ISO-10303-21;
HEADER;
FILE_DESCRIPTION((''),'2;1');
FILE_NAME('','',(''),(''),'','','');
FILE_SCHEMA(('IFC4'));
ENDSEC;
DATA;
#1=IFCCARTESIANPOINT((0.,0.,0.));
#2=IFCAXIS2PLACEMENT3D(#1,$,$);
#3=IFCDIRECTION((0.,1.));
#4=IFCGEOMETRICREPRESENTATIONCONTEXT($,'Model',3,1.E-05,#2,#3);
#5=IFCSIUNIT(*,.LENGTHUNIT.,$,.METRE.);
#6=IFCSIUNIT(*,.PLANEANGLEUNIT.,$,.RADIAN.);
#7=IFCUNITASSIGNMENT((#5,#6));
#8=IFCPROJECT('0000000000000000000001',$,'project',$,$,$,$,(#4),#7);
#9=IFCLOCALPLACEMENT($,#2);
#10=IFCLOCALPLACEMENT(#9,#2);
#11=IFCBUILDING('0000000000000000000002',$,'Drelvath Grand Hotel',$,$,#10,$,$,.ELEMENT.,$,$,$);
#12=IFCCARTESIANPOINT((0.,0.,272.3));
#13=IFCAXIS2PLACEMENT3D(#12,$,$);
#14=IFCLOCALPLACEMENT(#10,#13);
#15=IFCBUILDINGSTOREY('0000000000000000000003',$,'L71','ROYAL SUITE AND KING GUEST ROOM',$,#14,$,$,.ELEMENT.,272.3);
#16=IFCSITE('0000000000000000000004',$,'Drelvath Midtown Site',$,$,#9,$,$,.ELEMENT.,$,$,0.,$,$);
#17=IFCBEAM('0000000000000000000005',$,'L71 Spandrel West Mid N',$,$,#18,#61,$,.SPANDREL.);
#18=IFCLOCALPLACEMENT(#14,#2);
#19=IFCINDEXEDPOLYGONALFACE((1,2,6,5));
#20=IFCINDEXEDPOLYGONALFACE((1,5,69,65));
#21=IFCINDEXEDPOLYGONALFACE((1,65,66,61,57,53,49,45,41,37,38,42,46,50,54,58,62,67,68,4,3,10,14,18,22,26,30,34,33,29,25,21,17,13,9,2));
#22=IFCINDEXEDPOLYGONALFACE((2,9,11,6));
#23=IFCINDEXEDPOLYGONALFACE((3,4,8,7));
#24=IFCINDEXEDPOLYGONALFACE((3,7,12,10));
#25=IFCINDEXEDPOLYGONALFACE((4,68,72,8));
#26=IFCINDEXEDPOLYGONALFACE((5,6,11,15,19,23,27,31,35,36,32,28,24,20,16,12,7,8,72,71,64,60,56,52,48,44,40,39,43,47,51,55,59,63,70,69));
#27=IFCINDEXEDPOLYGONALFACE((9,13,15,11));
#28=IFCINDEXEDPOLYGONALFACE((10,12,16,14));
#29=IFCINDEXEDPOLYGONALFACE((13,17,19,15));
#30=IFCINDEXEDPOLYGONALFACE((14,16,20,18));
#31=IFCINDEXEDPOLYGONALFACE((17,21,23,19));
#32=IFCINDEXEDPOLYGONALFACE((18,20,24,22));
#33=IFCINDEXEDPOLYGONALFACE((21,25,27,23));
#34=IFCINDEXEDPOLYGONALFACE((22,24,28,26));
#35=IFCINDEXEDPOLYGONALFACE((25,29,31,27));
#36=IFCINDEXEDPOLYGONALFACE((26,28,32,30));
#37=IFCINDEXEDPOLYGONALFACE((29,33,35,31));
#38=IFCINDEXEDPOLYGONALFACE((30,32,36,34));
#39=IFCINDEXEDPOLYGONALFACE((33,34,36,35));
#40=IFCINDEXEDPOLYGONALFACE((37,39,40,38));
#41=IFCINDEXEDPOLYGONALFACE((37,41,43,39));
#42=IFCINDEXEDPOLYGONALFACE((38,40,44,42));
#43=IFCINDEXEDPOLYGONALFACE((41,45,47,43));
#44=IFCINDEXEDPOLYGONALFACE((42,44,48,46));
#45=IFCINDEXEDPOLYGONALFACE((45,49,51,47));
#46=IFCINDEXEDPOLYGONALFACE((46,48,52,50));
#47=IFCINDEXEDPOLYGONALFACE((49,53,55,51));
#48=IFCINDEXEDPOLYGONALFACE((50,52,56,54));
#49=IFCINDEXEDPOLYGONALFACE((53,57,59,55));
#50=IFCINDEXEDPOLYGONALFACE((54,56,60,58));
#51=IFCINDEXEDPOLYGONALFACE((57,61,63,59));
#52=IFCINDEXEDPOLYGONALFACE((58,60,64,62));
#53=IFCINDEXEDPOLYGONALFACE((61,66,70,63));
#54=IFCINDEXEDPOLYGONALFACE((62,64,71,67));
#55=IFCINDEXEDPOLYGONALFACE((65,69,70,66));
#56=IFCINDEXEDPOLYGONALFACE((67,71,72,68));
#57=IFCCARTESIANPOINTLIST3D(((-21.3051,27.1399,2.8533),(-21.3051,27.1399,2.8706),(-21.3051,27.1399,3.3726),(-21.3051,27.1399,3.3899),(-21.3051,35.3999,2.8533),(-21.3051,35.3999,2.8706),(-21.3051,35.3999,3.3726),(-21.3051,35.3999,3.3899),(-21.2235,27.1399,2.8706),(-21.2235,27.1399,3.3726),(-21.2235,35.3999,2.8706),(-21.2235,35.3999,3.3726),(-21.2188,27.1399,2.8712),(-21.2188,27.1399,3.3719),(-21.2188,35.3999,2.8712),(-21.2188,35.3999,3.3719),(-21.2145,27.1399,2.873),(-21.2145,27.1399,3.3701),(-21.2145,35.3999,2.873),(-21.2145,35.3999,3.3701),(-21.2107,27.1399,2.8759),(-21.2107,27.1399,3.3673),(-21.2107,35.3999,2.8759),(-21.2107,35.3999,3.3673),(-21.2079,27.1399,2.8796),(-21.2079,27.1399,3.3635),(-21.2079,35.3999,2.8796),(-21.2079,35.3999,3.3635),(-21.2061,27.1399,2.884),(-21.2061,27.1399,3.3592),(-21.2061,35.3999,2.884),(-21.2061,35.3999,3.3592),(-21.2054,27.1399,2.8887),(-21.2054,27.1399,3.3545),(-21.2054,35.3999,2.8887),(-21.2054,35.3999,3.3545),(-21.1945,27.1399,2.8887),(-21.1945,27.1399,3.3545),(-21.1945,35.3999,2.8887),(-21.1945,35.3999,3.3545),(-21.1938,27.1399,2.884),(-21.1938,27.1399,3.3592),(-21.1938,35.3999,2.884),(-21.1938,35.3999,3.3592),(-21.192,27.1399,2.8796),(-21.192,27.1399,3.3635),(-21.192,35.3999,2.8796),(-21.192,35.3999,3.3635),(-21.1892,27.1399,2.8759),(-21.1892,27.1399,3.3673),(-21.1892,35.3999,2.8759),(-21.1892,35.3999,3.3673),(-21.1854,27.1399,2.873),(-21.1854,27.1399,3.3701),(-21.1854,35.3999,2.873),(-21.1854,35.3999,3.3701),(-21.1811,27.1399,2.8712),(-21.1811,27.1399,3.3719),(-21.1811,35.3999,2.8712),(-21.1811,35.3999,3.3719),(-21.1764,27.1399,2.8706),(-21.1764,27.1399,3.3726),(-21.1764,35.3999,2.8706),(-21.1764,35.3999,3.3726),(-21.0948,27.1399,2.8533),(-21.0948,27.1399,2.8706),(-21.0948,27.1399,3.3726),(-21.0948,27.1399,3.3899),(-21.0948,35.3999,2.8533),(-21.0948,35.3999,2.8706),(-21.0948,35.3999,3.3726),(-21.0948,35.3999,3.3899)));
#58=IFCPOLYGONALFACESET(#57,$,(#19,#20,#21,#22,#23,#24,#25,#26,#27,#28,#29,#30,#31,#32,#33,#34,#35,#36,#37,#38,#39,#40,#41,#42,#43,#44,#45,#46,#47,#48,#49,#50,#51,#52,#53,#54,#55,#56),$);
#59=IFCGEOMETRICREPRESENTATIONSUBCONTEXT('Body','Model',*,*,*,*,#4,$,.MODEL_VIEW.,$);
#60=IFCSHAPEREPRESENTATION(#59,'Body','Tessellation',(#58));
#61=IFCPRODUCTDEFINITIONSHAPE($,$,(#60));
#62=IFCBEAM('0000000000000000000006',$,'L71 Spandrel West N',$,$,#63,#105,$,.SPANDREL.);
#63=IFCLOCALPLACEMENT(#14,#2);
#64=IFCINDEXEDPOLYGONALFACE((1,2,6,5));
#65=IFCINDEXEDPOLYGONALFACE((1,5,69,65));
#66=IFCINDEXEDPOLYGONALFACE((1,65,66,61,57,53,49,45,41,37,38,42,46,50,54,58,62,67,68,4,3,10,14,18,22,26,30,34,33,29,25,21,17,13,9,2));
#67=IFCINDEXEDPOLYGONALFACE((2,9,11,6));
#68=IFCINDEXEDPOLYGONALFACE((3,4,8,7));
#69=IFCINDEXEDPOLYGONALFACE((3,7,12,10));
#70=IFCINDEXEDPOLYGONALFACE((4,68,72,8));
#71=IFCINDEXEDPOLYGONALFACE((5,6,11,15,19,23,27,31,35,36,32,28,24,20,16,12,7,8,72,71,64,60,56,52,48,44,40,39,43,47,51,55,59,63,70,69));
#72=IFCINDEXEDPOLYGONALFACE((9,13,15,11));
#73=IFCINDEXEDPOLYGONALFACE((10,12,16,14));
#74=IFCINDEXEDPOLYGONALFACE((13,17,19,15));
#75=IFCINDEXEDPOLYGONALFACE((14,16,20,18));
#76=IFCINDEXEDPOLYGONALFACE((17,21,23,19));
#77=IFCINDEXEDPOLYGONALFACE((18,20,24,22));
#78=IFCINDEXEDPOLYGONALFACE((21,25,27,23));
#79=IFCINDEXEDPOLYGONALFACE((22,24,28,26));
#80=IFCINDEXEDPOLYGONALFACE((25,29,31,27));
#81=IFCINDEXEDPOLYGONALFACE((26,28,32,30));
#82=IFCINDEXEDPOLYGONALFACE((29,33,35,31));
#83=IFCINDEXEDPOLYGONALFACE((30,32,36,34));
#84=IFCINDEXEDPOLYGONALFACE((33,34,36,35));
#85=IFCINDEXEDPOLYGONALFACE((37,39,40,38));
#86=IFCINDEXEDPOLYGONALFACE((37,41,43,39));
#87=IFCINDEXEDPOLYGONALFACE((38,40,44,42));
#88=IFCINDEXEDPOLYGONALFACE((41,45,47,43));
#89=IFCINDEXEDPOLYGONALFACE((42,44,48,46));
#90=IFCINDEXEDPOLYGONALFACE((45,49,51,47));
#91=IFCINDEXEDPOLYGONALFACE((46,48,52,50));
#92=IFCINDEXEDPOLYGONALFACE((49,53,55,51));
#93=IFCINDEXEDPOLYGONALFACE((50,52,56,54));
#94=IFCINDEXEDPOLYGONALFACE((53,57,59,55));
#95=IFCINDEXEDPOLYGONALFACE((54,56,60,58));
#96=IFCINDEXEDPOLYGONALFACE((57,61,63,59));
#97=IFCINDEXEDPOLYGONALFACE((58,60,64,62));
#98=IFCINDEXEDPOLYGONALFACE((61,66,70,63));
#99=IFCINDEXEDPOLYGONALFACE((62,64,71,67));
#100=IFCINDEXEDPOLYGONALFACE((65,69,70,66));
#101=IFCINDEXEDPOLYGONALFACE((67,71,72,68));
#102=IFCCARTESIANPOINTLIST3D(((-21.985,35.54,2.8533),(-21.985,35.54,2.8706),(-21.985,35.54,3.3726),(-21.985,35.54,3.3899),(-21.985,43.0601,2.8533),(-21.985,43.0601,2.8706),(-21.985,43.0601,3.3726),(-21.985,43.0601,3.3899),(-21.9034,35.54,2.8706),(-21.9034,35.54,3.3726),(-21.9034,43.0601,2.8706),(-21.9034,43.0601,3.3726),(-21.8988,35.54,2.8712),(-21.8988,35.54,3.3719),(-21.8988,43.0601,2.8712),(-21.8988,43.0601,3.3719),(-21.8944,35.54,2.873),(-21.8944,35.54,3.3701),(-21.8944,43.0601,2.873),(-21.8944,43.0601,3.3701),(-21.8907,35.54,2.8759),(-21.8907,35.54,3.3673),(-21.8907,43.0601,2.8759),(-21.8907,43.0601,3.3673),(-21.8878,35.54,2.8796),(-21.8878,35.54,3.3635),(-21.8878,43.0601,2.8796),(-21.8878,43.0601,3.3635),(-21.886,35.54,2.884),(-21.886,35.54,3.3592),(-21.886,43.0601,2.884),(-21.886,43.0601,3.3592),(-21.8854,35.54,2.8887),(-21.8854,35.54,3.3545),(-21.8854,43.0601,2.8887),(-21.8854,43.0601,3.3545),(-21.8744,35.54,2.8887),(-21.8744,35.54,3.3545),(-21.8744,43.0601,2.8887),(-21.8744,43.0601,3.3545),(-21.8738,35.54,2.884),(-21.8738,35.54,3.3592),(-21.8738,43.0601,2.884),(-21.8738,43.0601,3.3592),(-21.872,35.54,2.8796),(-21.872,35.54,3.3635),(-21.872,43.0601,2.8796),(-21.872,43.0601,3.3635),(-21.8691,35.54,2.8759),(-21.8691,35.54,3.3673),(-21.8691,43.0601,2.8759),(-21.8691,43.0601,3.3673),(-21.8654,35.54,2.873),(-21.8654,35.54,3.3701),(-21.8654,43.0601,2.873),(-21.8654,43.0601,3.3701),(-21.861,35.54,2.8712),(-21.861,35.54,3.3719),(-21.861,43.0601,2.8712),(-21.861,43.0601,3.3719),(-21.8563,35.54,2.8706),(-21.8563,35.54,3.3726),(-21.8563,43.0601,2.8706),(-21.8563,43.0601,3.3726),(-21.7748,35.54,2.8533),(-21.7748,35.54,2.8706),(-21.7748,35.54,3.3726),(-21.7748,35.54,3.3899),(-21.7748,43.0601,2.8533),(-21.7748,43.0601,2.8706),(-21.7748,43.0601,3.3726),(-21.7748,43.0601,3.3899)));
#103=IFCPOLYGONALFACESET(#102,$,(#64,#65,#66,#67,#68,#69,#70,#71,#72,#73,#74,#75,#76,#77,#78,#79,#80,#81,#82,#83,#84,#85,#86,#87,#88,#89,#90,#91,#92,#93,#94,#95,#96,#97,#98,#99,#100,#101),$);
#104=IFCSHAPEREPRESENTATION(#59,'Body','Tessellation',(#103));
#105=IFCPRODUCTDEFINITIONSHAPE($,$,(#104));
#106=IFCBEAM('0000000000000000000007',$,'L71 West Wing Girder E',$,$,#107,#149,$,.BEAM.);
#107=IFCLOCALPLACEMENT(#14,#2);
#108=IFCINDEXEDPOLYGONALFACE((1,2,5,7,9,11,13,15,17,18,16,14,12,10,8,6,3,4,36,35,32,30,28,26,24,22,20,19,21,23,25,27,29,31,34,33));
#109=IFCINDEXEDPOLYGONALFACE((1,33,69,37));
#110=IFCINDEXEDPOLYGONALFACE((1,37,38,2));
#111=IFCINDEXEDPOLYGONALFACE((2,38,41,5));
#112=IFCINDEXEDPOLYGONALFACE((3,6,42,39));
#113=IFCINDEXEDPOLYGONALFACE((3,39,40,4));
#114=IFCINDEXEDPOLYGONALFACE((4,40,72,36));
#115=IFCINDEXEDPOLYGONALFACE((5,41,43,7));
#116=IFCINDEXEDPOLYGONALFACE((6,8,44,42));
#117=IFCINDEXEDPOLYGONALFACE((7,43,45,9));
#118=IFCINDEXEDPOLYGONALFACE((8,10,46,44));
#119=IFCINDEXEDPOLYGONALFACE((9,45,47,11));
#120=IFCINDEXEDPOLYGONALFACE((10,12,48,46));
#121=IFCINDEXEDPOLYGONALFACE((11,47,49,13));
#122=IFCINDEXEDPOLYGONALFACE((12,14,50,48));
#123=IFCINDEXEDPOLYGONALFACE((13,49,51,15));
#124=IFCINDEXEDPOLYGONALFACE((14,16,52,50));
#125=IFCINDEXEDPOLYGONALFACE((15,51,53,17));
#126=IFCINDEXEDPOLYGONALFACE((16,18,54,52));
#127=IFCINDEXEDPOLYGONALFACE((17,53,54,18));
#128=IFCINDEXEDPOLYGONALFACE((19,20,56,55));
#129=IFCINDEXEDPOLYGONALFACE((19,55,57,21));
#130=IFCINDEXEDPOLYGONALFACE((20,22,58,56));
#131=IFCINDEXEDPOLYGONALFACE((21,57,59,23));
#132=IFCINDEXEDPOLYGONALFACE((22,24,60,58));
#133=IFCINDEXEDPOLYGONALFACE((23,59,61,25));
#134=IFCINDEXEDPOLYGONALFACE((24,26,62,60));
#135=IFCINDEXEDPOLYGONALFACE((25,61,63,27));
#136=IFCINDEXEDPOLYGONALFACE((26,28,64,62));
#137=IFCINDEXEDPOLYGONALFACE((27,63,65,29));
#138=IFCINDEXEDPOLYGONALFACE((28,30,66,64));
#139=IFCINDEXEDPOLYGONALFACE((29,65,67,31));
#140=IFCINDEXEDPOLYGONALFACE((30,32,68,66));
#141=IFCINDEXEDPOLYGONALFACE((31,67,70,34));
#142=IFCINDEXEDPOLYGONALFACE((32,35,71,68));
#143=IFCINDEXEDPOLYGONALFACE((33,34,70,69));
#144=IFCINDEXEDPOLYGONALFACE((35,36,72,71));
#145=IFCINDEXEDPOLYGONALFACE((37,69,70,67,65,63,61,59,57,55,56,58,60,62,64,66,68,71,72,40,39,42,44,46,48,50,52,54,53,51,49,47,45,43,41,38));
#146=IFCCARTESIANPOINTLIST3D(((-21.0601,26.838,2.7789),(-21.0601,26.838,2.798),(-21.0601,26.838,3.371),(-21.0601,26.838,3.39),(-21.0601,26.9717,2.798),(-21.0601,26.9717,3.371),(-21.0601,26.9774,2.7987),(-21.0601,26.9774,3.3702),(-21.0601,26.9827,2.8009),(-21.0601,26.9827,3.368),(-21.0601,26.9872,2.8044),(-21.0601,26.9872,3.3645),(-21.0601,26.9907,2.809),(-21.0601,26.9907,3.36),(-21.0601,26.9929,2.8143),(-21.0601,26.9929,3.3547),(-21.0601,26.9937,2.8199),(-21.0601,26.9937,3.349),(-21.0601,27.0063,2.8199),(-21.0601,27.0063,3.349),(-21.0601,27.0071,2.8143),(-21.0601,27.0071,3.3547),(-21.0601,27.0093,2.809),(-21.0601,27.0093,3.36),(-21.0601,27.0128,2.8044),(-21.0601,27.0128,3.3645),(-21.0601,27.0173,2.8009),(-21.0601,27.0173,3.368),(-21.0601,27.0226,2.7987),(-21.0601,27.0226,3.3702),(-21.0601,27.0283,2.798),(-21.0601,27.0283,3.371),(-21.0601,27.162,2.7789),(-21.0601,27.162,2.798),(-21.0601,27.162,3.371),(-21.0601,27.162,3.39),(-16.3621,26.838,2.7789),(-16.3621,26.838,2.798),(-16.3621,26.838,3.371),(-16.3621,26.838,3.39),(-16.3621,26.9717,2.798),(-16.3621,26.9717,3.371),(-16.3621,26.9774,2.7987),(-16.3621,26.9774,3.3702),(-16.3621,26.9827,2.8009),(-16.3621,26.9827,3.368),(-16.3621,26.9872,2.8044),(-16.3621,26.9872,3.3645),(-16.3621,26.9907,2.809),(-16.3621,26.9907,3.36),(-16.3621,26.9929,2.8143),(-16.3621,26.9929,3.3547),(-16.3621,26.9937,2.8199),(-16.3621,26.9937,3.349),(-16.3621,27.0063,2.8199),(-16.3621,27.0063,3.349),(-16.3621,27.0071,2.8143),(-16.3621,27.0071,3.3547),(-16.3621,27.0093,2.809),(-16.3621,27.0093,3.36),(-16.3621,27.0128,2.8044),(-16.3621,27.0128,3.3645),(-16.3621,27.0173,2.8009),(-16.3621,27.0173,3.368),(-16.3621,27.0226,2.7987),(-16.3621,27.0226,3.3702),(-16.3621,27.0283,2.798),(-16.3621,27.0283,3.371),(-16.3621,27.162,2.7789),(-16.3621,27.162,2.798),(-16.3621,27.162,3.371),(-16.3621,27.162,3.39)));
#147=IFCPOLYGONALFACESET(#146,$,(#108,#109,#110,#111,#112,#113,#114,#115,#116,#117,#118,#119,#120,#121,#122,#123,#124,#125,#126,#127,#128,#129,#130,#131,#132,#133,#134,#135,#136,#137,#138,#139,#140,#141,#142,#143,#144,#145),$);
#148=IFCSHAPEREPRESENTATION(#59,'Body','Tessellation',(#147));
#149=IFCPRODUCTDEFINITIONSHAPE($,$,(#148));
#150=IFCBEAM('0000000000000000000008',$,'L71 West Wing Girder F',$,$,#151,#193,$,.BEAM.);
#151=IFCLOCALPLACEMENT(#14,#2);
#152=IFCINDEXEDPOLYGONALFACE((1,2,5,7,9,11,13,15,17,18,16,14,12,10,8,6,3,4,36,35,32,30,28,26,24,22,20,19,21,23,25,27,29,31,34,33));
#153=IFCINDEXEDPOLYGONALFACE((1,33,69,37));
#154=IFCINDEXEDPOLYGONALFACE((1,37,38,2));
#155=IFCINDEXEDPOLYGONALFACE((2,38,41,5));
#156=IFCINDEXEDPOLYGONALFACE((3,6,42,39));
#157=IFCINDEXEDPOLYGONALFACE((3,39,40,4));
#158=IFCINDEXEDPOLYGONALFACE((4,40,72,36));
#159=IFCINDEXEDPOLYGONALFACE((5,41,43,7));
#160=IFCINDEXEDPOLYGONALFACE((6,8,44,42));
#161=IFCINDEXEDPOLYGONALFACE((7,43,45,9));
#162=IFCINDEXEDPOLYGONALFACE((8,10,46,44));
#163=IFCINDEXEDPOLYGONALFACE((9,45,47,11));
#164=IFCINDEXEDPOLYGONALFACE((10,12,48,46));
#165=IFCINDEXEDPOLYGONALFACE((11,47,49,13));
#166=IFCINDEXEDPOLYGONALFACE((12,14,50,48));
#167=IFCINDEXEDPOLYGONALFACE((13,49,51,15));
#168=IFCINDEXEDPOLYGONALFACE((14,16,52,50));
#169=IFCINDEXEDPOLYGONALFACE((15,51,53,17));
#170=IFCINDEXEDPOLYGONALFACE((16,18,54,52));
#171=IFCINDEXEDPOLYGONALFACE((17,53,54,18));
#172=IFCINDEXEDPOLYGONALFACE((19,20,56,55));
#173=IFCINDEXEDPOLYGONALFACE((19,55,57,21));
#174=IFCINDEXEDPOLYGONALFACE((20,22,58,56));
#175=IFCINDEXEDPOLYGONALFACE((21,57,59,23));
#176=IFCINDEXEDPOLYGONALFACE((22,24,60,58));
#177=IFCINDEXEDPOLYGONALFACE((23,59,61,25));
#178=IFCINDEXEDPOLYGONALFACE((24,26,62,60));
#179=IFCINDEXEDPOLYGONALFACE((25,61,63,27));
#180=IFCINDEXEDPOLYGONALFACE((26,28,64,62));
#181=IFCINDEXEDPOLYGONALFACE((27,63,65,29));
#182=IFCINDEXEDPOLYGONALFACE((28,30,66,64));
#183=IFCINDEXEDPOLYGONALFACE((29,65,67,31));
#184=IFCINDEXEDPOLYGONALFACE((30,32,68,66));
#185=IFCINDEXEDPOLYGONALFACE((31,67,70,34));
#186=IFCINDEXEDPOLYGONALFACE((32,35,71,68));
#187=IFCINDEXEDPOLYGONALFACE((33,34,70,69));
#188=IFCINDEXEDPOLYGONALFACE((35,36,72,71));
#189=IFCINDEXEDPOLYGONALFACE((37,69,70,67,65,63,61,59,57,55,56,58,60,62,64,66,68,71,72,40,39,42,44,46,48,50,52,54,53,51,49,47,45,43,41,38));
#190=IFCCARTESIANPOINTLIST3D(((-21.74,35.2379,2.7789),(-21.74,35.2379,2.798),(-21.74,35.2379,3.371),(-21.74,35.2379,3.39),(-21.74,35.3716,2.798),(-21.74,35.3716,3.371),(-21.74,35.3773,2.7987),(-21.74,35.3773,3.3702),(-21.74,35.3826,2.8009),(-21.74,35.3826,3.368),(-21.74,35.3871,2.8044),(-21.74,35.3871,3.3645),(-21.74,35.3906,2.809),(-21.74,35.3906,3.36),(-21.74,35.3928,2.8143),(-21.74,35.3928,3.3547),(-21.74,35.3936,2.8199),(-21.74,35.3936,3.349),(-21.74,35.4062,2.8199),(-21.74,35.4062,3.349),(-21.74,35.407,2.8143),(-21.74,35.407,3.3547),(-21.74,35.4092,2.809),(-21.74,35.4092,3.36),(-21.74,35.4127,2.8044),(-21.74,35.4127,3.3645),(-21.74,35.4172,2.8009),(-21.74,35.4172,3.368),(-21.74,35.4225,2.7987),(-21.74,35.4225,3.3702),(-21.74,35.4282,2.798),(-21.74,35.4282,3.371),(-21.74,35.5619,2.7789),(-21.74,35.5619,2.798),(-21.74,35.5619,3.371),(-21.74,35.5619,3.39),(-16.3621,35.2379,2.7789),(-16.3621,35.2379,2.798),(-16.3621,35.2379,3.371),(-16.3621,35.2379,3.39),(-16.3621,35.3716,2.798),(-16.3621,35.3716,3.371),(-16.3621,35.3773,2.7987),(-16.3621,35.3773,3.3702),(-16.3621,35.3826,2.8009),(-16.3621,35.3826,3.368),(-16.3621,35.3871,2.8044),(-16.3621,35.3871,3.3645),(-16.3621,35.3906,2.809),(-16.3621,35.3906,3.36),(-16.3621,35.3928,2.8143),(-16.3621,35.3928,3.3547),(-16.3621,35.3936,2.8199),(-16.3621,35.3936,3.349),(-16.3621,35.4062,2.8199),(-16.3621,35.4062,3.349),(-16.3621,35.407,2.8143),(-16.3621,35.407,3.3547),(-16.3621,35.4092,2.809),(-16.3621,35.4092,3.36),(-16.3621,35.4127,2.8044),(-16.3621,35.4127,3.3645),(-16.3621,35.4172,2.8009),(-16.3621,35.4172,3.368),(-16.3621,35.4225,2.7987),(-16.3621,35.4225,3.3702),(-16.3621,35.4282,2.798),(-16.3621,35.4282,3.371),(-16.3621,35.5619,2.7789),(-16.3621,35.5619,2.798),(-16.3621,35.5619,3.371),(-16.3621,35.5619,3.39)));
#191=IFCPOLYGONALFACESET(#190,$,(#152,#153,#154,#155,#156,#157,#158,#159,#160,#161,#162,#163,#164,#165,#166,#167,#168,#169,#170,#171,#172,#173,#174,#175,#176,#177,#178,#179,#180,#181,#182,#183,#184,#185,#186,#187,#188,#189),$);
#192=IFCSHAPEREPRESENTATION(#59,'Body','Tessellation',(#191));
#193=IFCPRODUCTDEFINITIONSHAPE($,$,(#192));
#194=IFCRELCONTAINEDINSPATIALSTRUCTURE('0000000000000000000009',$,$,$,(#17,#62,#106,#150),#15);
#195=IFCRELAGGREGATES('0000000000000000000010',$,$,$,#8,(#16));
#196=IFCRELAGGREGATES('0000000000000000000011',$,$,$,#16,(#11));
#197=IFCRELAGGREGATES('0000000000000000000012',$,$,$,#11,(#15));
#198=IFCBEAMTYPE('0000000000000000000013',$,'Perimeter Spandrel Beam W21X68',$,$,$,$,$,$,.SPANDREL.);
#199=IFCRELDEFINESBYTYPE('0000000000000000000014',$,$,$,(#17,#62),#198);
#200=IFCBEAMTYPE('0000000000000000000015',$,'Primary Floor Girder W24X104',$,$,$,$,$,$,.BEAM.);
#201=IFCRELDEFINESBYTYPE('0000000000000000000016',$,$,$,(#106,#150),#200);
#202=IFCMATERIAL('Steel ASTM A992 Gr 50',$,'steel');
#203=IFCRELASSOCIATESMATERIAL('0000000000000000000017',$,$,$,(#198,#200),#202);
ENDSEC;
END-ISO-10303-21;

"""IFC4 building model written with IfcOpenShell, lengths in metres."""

from ifc_helpers import new_model, si_unit, direction, frame, origin, origin_2d, place, context, subcontext, project, spatial, i_section, extrude, material, material_profile, profile_set, type_object, element, save


model = new_model("IFC4")

# Units and contexts
model_context = context("Model", 3, precision=1e-05, world=origin(), true_north=direction((0.0, 1.0)))
body_context = subcontext(model_context, "Body", "Model", "MODEL_VIEW")
ifc_project = project(units=[si_unit("LENGTHUNIT", "METRE"), si_unit("PLANEANGLEUNIT", "RADIAN")], contexts=[model_context])

# Site, building, storey
site_placement = place(None, origin())
site = spatial("IfcSite", under=ifc_project, at=site_placement, Name="Drelvath Midtown Site", CompositionType="ELEMENT", RefElevation=0.0)
building_placement = place(site_placement, origin())
building = spatial("IfcBuilding", under=site, at=building_placement, Name="Drelvath Grand Hotel", CompositionType="ELEMENT")
storey_placement = place(building_placement, frame((0.0, 0.0, 272.3)))
storey = spatial("IfcBuildingStorey", under=building, at=storey_placement, Name="L71", Description="ROYAL SUITE AND KING GUEST ROOM", CompositionType="ELEMENT", Elevation=272.3)

# Beams
ifc_material_1 = material(Name="Steel ASTM A992 Gr 50", Category="steel")
ifc_material_profile_1 = material_profile(ifc_material_1, i_section(OverallWidth=0.2102, OverallDepth=0.5366, WebThickness=0.011, FlangeThickness=0.0173, FilletRadius=0.0181, at=origin_2d()), Name="W21X68")
ifc_profile_set_1 = profile_set([ifc_material_profile_1], Name="Steel ASTM A992 Gr 50")
beam_type_1 = type_object("IfcBeamType", Name="Perimeter Spandrel Beam W21X68", PredefinedType="SPANDREL", material=ifc_profile_set_1)
beam_1_placement = place(storey_placement, frame((-21.2, 27.1399, 3.1216), z_axis=(0.0, 1.0, 0.0), x_axis=(-1.0, 0.0, 0.0)))
element("IfcBeam", 1, at=beam_1_placement, inside=storey, type_object=beam_type_1, Name="L71 Spandrel West Mid N", PredefinedType="SPANDREL", context=body_context, shape_type="SweptSolid", body=[
    extrude(i_section(OverallWidth=0.2102, OverallDepth=0.5366, WebThickness=0.011, FlangeThickness=0.0173, FilletRadius=0.0181, at=origin_2d()), origin(), (0.0, 0.0, 1.0), 8.26),
])
beam_2_placement = place(storey_placement, frame((-21.8799, 35.54, 3.1216), z_axis=(0.0, 1.0, 0.0), x_axis=(-1.0, 0.0, 0.0)))
element("IfcBeam", 2, at=beam_2_placement, inside=storey, type_object=beam_type_1, Name="L71 Spandrel West N", PredefinedType="SPANDREL", context=body_context, shape_type="SweptSolid", body=[
    extrude(i_section(OverallWidth=0.2102, OverallDepth=0.5366, WebThickness=0.011, FlangeThickness=0.0173, FilletRadius=0.0181, at=origin_2d()), origin(), (0.0, 0.0, 1.0), 7.52),
])
ifc_material_profile_2 = material_profile(ifc_material_1, i_section(OverallWidth=0.324, OverallDepth=0.6111, WebThickness=0.0127, FlangeThickness=0.019, FilletRadius=0.022, at=origin_2d()), Name="W24X104")
ifc_profile_set_2 = profile_set([ifc_material_profile_2], Name="Steel ASTM A992 Gr 50")
beam_type_2 = type_object("IfcBeamType", Name="Primary Floor Girder W24X104", PredefinedType="BEAM", material=ifc_profile_set_2)
beam_3_placement = place(storey_placement, frame((-21.0601, 27.0, 3.0845), z_axis=(1.0, 0.0, 0.0), x_axis=(0.0, 1.0, 0.0)))
element("IfcBeam", 3, at=beam_3_placement, inside=storey, type_object=beam_type_2, Name="L71 West Wing Girder E", PredefinedType="BEAM", context=body_context, shape_type="SweptSolid", body=[
    extrude(i_section(OverallWidth=0.324, OverallDepth=0.6111, WebThickness=0.0127, FlangeThickness=0.019, FilletRadius=0.022, at=origin_2d()), origin(), (0.0, 0.0, 1.0), 4.698),
])
beam_4_placement = place(storey_placement, frame((-21.74, 35.3999, 3.0845), z_axis=(1.0, 0.0, 0.0), x_axis=(0.0, 1.0, 0.0)))
element("IfcBeam", 4, at=beam_4_placement, inside=storey, type_object=beam_type_2, Name="L71 West Wing Girder F", PredefinedType="BEAM", context=body_context, shape_type="SweptSolid", body=[
    extrude(i_section(OverallWidth=0.324, OverallDepth=0.6111, WebThickness=0.0127, FlangeThickness=0.019, FilletRadius=0.022, at=origin_2d()), origin(), (0.0, 0.0, 1.0), 5.3779),
])

save(model, "model.ifc")
